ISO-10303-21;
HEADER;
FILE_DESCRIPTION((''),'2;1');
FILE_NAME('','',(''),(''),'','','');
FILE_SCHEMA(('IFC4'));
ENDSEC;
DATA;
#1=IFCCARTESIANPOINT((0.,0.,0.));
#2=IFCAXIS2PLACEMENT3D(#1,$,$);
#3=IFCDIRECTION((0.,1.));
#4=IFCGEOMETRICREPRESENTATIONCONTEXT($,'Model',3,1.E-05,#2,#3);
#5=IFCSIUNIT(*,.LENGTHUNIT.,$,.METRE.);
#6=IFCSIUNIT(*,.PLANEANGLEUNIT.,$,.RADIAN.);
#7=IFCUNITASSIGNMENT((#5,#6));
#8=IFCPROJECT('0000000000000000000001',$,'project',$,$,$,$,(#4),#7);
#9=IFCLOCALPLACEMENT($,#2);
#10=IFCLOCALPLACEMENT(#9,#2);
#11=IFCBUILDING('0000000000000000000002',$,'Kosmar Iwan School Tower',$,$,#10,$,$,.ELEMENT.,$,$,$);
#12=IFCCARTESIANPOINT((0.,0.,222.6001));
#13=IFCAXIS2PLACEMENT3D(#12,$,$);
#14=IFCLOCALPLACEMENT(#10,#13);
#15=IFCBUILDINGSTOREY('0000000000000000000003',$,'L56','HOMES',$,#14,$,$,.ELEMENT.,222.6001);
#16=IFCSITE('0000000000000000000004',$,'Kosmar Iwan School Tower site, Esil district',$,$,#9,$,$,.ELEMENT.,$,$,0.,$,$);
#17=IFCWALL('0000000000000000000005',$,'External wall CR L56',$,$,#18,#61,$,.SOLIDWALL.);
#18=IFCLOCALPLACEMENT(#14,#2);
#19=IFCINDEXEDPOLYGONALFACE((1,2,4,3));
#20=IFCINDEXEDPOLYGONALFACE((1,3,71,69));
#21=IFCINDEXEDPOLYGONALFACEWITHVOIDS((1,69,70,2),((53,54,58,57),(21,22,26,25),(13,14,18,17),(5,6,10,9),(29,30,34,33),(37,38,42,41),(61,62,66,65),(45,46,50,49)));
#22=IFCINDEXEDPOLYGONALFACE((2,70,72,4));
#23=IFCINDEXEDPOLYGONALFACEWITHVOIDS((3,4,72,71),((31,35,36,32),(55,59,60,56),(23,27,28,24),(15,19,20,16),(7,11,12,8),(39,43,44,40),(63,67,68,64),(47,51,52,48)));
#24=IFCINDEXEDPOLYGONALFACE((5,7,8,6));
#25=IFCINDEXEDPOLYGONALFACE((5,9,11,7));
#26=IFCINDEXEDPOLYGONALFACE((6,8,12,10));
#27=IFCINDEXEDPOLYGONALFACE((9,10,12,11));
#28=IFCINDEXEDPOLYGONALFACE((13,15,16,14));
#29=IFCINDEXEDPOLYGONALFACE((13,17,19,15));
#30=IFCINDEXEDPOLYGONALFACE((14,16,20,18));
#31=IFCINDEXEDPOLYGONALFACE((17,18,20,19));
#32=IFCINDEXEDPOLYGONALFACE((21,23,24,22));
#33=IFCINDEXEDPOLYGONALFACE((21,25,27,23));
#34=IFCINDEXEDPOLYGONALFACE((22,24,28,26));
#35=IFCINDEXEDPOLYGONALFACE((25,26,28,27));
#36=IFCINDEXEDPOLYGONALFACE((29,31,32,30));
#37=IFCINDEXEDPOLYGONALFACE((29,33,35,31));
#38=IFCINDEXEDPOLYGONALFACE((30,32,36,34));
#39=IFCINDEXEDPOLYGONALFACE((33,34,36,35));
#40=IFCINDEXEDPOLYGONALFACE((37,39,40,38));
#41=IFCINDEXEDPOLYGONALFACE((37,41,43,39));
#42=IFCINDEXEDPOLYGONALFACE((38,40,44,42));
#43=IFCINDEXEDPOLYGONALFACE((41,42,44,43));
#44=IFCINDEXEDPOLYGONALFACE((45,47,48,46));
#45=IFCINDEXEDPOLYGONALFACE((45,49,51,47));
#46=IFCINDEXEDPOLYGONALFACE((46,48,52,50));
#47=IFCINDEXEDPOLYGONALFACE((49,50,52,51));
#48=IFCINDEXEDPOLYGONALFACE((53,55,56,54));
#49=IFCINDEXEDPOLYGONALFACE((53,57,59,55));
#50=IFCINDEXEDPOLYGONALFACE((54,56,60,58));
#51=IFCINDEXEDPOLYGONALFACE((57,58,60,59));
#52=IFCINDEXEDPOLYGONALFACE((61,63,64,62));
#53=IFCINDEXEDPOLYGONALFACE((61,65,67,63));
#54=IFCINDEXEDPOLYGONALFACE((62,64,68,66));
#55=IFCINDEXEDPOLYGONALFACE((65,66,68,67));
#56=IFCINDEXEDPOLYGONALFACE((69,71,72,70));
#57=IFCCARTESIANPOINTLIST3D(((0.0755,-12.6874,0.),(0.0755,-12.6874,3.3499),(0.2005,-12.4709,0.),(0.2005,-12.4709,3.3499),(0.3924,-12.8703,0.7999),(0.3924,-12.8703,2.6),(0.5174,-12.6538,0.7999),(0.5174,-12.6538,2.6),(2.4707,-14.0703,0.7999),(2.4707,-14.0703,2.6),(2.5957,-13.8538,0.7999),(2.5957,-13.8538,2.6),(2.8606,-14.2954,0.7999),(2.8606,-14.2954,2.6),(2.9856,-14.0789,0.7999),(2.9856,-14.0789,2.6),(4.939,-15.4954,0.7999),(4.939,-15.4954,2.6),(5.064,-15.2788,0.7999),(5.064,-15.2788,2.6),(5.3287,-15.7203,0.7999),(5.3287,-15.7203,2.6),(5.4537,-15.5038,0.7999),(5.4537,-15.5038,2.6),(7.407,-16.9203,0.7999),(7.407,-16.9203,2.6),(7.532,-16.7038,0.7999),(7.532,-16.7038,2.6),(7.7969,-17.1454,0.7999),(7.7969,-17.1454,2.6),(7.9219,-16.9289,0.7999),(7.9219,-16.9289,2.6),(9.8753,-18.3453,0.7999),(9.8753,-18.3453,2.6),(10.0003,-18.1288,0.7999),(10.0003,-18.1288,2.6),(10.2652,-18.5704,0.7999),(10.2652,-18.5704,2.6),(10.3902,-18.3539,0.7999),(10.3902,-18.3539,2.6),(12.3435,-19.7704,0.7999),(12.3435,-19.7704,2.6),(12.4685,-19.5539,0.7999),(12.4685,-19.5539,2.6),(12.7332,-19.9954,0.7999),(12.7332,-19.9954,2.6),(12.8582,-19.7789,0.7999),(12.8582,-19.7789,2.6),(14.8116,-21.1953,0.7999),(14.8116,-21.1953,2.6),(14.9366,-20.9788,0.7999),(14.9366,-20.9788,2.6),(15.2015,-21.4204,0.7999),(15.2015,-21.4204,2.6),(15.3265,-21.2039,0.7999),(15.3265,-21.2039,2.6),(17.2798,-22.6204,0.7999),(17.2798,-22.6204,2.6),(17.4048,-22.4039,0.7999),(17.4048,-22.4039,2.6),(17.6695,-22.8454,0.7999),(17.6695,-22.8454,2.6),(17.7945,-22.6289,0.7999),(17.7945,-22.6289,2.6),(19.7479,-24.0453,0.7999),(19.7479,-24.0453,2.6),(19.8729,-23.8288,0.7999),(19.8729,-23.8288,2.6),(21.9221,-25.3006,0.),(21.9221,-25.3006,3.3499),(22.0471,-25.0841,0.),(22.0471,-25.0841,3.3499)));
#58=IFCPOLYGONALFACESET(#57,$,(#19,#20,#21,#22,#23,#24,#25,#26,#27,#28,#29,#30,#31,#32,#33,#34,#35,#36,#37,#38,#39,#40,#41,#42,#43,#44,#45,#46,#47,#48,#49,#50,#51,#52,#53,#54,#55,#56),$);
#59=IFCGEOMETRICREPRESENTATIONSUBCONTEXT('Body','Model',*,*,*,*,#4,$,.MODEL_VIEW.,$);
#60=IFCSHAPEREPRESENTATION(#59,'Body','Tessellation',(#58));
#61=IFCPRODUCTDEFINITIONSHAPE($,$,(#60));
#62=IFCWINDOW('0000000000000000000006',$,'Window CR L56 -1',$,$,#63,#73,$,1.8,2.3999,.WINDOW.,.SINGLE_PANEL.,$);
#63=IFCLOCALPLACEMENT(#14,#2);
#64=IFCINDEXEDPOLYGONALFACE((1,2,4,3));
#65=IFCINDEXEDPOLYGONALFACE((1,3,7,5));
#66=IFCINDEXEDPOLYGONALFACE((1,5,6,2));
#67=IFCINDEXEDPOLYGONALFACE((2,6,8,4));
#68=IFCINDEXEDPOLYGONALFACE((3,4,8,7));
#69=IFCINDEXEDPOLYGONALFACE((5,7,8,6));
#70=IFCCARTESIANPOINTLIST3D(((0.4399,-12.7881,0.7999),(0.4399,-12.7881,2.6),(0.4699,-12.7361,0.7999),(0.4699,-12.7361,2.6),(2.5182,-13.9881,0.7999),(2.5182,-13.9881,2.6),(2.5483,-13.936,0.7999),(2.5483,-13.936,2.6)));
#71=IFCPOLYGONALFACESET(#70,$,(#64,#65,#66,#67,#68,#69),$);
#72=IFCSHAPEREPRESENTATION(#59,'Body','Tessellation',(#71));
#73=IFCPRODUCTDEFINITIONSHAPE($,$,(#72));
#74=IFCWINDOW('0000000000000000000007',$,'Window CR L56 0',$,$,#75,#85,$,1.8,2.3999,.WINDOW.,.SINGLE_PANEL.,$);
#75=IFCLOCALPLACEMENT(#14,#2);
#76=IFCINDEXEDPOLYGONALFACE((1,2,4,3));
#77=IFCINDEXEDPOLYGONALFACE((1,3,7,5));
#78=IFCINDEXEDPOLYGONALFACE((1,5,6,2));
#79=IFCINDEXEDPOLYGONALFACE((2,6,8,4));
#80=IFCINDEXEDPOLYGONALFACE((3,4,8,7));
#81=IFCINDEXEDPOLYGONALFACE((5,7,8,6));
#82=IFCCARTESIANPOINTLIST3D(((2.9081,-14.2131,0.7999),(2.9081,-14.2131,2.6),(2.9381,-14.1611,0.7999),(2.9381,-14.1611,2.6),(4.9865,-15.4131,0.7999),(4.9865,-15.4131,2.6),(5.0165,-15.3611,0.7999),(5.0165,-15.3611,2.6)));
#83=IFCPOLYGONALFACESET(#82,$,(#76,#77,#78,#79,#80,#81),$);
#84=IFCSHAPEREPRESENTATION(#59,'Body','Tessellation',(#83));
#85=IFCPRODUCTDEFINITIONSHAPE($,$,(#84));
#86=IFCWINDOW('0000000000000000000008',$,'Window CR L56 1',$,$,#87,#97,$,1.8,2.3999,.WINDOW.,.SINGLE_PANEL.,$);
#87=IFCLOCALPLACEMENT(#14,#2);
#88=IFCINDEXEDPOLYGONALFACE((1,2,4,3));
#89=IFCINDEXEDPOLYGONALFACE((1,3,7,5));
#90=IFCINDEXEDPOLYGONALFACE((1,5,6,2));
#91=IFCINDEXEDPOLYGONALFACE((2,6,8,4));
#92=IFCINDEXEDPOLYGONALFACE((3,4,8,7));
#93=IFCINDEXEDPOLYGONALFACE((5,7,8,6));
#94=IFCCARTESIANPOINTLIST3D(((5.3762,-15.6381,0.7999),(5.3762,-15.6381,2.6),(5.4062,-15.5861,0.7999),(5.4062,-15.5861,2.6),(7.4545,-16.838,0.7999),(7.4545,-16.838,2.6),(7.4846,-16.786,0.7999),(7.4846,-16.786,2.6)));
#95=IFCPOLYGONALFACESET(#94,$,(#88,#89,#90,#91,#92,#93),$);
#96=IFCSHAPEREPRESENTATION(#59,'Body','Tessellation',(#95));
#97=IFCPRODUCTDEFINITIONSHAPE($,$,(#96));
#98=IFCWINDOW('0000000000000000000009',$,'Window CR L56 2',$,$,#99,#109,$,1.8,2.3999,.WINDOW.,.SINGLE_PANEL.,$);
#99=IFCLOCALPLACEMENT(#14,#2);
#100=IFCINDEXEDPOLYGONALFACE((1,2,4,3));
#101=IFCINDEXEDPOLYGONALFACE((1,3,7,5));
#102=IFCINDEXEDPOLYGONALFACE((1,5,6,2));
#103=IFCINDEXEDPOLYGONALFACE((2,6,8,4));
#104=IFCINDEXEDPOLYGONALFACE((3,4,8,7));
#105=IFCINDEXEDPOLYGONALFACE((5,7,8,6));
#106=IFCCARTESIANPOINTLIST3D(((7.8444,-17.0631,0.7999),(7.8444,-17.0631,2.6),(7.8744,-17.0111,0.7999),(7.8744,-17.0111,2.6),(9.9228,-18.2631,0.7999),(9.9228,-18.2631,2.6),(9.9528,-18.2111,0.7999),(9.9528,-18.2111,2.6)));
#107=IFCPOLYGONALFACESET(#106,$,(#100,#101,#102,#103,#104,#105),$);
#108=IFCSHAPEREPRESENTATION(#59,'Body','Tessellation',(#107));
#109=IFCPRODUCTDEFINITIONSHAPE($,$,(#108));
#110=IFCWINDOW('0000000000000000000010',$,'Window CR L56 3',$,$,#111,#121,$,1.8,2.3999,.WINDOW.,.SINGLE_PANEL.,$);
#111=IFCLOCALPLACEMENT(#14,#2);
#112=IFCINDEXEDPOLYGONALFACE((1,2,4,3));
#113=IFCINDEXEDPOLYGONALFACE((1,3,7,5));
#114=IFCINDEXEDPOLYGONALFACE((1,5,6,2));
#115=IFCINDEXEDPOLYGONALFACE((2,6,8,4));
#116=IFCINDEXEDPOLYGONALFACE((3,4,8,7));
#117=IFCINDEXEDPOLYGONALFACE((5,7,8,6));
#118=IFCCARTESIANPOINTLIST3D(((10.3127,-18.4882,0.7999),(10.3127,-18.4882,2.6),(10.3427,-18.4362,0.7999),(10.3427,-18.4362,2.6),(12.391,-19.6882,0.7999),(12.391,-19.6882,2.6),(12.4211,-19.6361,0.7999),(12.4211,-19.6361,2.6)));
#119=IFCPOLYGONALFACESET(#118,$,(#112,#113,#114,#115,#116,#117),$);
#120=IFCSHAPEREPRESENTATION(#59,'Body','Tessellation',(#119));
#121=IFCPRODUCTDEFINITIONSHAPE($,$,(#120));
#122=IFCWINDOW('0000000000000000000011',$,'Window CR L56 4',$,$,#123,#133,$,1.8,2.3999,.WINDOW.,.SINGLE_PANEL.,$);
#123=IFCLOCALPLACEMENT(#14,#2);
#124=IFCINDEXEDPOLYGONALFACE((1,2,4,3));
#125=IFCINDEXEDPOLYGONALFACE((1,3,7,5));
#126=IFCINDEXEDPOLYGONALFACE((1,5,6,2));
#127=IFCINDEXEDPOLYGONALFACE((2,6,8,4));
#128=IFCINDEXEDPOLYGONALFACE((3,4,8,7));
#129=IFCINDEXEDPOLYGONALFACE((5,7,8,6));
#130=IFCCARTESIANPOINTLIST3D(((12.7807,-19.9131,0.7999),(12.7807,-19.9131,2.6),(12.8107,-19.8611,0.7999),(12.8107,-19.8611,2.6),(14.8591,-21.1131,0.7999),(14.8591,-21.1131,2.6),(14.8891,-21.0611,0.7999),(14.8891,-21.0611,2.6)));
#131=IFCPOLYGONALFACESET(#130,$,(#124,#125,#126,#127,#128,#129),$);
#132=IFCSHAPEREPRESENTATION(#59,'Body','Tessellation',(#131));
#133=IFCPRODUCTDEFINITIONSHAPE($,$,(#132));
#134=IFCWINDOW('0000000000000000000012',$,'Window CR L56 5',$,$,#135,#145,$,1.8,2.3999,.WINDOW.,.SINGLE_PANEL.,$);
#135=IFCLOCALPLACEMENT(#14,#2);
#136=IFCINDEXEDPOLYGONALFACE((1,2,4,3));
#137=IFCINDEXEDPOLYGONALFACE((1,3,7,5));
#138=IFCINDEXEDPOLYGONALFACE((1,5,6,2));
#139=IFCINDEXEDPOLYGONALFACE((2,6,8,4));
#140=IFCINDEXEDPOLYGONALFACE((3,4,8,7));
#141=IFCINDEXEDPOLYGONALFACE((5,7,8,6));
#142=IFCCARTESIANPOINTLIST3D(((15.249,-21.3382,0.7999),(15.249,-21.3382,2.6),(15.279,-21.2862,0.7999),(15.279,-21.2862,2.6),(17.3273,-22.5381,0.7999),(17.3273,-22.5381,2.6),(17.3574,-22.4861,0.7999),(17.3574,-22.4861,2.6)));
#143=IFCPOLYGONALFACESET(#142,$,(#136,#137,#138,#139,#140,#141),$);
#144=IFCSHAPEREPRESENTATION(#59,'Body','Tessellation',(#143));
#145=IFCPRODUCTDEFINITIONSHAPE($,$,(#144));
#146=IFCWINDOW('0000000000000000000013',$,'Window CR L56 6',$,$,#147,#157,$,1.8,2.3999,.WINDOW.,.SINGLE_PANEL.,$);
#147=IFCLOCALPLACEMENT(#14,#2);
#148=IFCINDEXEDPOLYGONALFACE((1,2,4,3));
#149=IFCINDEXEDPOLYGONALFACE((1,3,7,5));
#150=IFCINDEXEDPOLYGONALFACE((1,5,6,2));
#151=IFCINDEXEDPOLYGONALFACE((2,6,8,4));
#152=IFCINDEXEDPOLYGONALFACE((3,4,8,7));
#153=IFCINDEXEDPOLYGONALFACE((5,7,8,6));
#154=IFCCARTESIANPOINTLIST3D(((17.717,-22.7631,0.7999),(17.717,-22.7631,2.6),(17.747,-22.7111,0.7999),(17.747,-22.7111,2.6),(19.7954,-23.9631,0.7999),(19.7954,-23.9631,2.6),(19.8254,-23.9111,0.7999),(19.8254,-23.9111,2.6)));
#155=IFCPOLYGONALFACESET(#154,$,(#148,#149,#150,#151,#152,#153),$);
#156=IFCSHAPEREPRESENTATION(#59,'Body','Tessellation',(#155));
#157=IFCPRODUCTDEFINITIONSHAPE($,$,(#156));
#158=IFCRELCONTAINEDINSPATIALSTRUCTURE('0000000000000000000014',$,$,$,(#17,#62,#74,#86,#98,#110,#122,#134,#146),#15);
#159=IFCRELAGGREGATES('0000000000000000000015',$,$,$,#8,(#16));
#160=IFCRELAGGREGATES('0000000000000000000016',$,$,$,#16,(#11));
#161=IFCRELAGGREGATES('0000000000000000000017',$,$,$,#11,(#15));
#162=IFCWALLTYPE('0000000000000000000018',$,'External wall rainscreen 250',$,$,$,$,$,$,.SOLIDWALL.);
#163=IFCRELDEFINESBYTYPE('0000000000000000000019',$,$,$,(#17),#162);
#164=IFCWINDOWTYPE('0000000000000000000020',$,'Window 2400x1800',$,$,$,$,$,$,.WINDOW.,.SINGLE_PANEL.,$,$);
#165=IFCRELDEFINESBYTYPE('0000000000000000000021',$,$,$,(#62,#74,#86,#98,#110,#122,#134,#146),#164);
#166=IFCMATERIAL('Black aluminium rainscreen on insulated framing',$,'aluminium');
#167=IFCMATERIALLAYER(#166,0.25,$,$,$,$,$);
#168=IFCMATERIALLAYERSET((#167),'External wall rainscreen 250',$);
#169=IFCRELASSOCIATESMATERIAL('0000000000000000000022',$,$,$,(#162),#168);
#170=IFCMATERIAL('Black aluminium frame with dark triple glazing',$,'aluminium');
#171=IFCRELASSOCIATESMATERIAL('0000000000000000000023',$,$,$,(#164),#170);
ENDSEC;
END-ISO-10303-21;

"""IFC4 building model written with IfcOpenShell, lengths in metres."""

from ifc_helpers import new_model, si_unit, direction, frame, frame_2d, origin, place, context, subcontext, project, spatial, rectangle, extrude, material, layer, layer_set, type_object, element, fill, save


model = new_model("IFC4")

# Units and contexts
model_context = context("Model", 3, precision=1e-05, world=origin(), true_north=direction((0.0, 1.0)))
body_context = subcontext(model_context, "Body", "Model", "MODEL_VIEW")
ifc_project = project(units=[si_unit("LENGTHUNIT", "METRE"), si_unit("PLANEANGLEUNIT", "RADIAN")], contexts=[model_context])

# Site, building, storey
site_placement = place(None, origin())
site = spatial("IfcSite", under=ifc_project, at=site_placement, Name="Kosmar Iwan School Tower site, Esil district", CompositionType="ELEMENT", RefElevation=0.0)
building_placement = place(site_placement, origin())
building = spatial("IfcBuilding", under=site, at=building_placement, Name="Kosmar Iwan School Tower", CompositionType="ELEMENT")
storey_placement = place(building_placement, frame((0.0, 0.0, 222.6001)))
storey = spatial("IfcBuildingStorey", under=building, at=storey_placement, Name="L56", Description="HOMES", CompositionType="ELEMENT", Elevation=222.6001)

# Wall, openings, windows
ifc_material_1 = material(Name="Black aluminium rainscreen on insulated framing", Category="aluminium")
ifc_layer_1 = layer(ifc_material_1, 0.25)
ifc_layer_set_1 = layer_set([ifc_layer_1], Name="External wall rainscreen 250")
wall_type_1 = type_object("IfcWallType", Name="External wall rainscreen 250", PredefinedType="SOLIDWALL", material=ifc_layer_set_1)
ifc_material_2 = material(Name="Black aluminium frame with dark triple glazing", Category="aluminium")
window_type = type_object("IfcWindowType", Name="Window 2400x1800", PartitioningType="SINGLE_PANEL", PredefinedType="WINDOW", material=ifc_material_2)
wall_1_placement = place(storey_placement, frame((0.1379, -12.5791, 0.0), z_axis=(0.0, 0.0, 1.0), x_axis=(0.866024, -0.500003, 0.0)))
wall_1 = element("IfcWall", 1, at=wall_1_placement, inside=storey, type_object=wall_type_1, Name="External wall CR L56", PredefinedType="SOLIDWALL", context=body_context, shape_type="SweptSolid", body=[
    extrude(rectangle(XDim=25.2263, YDim=0.25, at=frame_2d((12.6133, 0.0))), origin(), (0.0, 0.0, 1.0), 3.3499),
])
opening_1_placement = place(wall_1_placement, frame((0.366, 0.0, 0.8)))
opening_1 = element("IfcOpeningElement", 2, at=opening_1_placement, cuts=wall_1, PredefinedType="OPENING", context=body_context, shape_type="SweptSolid", body=[
    extrude(rectangle(XDim=2.3999, YDim=1.8, at=frame_2d((1.2, 0.8999))), frame((0.0, 0.137, 0.0), z_axis=(0.0, -1.0, 0.0), x_axis=(1.0, 0.0, 0.0)), (0.0, 0.0, 1.0), 0.2739),
])
opening_2_placement = place(wall_1_placement, frame((3.2161, 0.0, 0.8)))
opening_2 = element("IfcOpeningElement", 3, at=opening_2_placement, cuts=wall_1, PredefinedType="OPENING", context=body_context, shape_type="SweptSolid", body=[
    extrude(rectangle(XDim=2.3999, YDim=1.8, at=frame_2d((1.2, 0.8999))), frame((0.0, 0.137, 0.0), z_axis=(0.0, -1.0, 0.0), x_axis=(1.0, 0.0, 0.0)), (0.0, 0.0, 1.0), 0.2739),
])
opening_3_placement = place(wall_1_placement, frame((6.0659, 0.0, 0.8)))
opening_3 = element("IfcOpeningElement", 4, at=opening_3_placement, cuts=wall_1, PredefinedType="OPENING", context=body_context, shape_type="SweptSolid", body=[
    extrude(rectangle(XDim=2.3999, YDim=1.8, at=frame_2d((1.2, 0.8999))), frame((0.0, 0.137, 0.0), z_axis=(0.0, -1.0, 0.0), x_axis=(1.0, 0.0, 0.0)), (0.0, 0.0, 1.0), 0.2739),
])
opening_4_placement = place(wall_1_placement, frame((8.916, 0.0, 0.8)))
opening_4 = element("IfcOpeningElement", 5, at=opening_4_placement, cuts=wall_1, PredefinedType="OPENING", context=body_context, shape_type="SweptSolid", body=[
    extrude(rectangle(XDim=2.3999, YDim=1.8, at=frame_2d((1.2, 0.8999))), frame((0.0, 0.137, 0.0), z_axis=(0.0, -1.0, 0.0), x_axis=(1.0, 0.0, 0.0)), (0.0, 0.0, 1.0), 0.2739),
])
opening_5_placement = place(wall_1_placement, frame((11.7661, 0.0, 0.8)))
opening_5 = element("IfcOpeningElement", 6, at=opening_5_placement, cuts=wall_1, PredefinedType="OPENING", context=body_context, shape_type="SweptSolid", body=[
    extrude(rectangle(XDim=2.3999, YDim=1.8, at=frame_2d((1.2, 0.8999))), frame((0.0, 0.137, 0.0), z_axis=(0.0, -1.0, 0.0), x_axis=(1.0, 0.0, 0.0)), (0.0, 0.0, 1.0), 0.2739),
])
opening_6_placement = place(wall_1_placement, frame((14.616, 0.0, 0.8)))
opening_6 = element("IfcOpeningElement", 7, at=opening_6_placement, cuts=wall_1, PredefinedType="OPENING", context=body_context, shape_type="SweptSolid", body=[
    extrude(rectangle(XDim=2.3999, YDim=1.8, at=frame_2d((1.2, 0.8999))), frame((0.0, 0.137, 0.0), z_axis=(0.0, -1.0, 0.0), x_axis=(1.0, 0.0, 0.0)), (0.0, 0.0, 1.0), 0.2739),
])
opening_7_placement = place(wall_1_placement, frame((17.4661, 0.0, 0.8)))
opening_7 = element("IfcOpeningElement", 8, at=opening_7_placement, cuts=wall_1, PredefinedType="OPENING", context=body_context, shape_type="SweptSolid", body=[
    extrude(rectangle(XDim=2.3999, YDim=1.8, at=frame_2d((1.2, 0.8999))), frame((0.0, 0.137, 0.0), z_axis=(0.0, -1.0, 0.0), x_axis=(1.0, 0.0, 0.0)), (0.0, 0.0, 1.0), 0.2739),
])
opening_8_placement = place(wall_1_placement, frame((20.3159, 0.0, 0.8)))
opening_8 = element("IfcOpeningElement", 9, at=opening_8_placement, cuts=wall_1, PredefinedType="OPENING", context=body_context, shape_type="SweptSolid", body=[
    extrude(rectangle(XDim=2.3999, YDim=1.8, at=frame_2d((1.2, 0.8999))), frame((0.0, 0.137, 0.0), z_axis=(0.0, -1.0, 0.0), x_axis=(1.0, 0.0, 0.0)), (0.0, 0.0, 1.0), 0.2739),
])
window_1_placement = place(opening_1_placement, origin())
window_1 = element("IfcWindow", 10, at=window_1_placement, inside=storey, type_object=window_type, Name="Window CR L56 -1", OverallHeight=1.8, OverallWidth=2.3999, PartitioningType="SINGLE_PANEL", PredefinedType="WINDOW", context=body_context, shape_type="SweptSolid", body=[
    extrude(rectangle(XDim=2.3999, YDim=1.8, at=frame_2d((1.2, 0.8999))), frame((0.0, 0.03, 0.0), z_axis=(0.0, -1.0, 0.0), x_axis=(1.0, 0.0, 0.0)), (0.0, 0.0, 1.0), 0.0601),
])
fill(opening_1, window_1)
window_2_placement = place(opening_2_placement, origin())
window_2 = element("IfcWindow", 11, at=window_2_placement, inside=storey, type_object=window_type, Name="Window CR L56 0", OverallHeight=1.8, OverallWidth=2.3999, PartitioningType="SINGLE_PANEL", PredefinedType="WINDOW", context=body_context, shape_type="SweptSolid", body=[
    extrude(rectangle(XDim=2.3999, YDim=1.8, at=frame_2d((1.2, 0.8999))), frame((0.0, 0.03, 0.0), z_axis=(0.0, -1.0, 0.0), x_axis=(1.0, 0.0, 0.0)), (0.0, 0.0, 1.0), 0.0601),
])
fill(opening_2, window_2)
window_3_placement = place(opening_3_placement, origin())
window_3 = element("IfcWindow", 12, at=window_3_placement, inside=storey, type_object=window_type, Name="Window CR L56 1", OverallHeight=1.8, OverallWidth=2.3999, PartitioningType="SINGLE_PANEL", PredefinedType="WINDOW", context=body_context, shape_type="SweptSolid", body=[
    extrude(rectangle(XDim=2.3999, YDim=1.8, at=frame_2d((1.2, 0.8999))), frame((0.0, 0.03, 0.0), z_axis=(0.0, -1.0, 0.0), x_axis=(1.0, 0.0, 0.0)), (0.0, 0.0, 1.0), 0.0601),
])
fill(opening_3, window_3)
window_4_placement = place(opening_4_placement, origin())
window_4 = element("IfcWindow", 13, at=window_4_placement, inside=storey, type_object=window_type, Name="Window CR L56 2", OverallHeight=1.8, OverallWidth=2.3999, PartitioningType="SINGLE_PANEL", PredefinedType="WINDOW", context=body_context, shape_type="SweptSolid", body=[
    extrude(rectangle(XDim=2.3999, YDim=1.8, at=frame_2d((1.2, 0.8999))), frame((0.0, 0.03, 0.0), z_axis=(0.0, -1.0, 0.0), x_axis=(1.0, 0.0, 0.0)), (0.0, 0.0, 1.0), 0.0601),
])
fill(opening_4, window_4)
window_5_placement = place(opening_5_placement, origin())
window_5 = element("IfcWindow", 14, at=window_5_placement, inside=storey, type_object=window_type, Name="Window CR L56 3", OverallHeight=1.8, OverallWidth=2.3999, PartitioningType="SINGLE_PANEL", PredefinedType="WINDOW", context=body_context, shape_type="SweptSolid", body=[
    extrude(rectangle(XDim=2.3999, YDim=1.8, at=frame_2d((1.2, 0.8999))), frame((0.0, 0.03, 0.0), z_axis=(0.0, -1.0, 0.0), x_axis=(1.0, 0.0, 0.0)), (0.0, 0.0, 1.0), 0.0601),
])
fill(opening_5, window_5)
window_6_placement = place(opening_6_placement, origin())
window_6 = element("IfcWindow", 15, at=window_6_placement, inside=storey, type_object=window_type, Name="Window CR L56 4", OverallHeight=1.8, OverallWidth=2.3999, PartitioningType="SINGLE_PANEL", PredefinedType="WINDOW", context=body_context, shape_type="SweptSolid", body=[
    extrude(rectangle(XDim=2.3999, YDim=1.8, at=frame_2d((1.2, 0.8999))), frame((0.0, 0.03, 0.0), z_axis=(0.0, -1.0, 0.0), x_axis=(1.0, 0.0, 0.0)), (0.0, 0.0, 1.0), 0.0601),
])
fill(opening_6, window_6)
window_7_placement = place(opening_7_placement, origin())
window_7 = element("IfcWindow", 16, at=window_7_placement, inside=storey, type_object=window_type, Name="Window CR L56 5", OverallHeight=1.8, OverallWidth=2.3999, PartitioningType="SINGLE_PANEL", PredefinedType="WINDOW", context=body_context, shape_type="SweptSolid", body=[
    extrude(rectangle(XDim=2.3999, YDim=1.8, at=frame_2d((1.2, 0.8999))), frame((0.0, 0.03, 0.0), z_axis=(0.0, -1.0, 0.0), x_axis=(1.0, 0.0, 0.0)), (0.0, 0.0, 1.0), 0.0601),
])
fill(opening_7, window_7)
window_8_placement = place(opening_8_placement, origin())
window_8 = element("IfcWindow", 17, at=window_8_placement, inside=storey, type_object=window_type, Name="Window CR L56 6", OverallHeight=1.8, OverallWidth=2.3999, PartitioningType="SINGLE_PANEL", PredefinedType="WINDOW", context=body_context, shape_type="SweptSolid", body=[
    extrude(rectangle(XDim=2.3999, YDim=1.8, at=frame_2d((1.2, 0.8999))), frame((0.0, 0.03, 0.0), z_axis=(0.0, -1.0, 0.0), x_axis=(1.0, 0.0, 0.0)), (0.0, 0.0, 1.0), 0.0601),
])
fill(opening_8, window_8)

save(model, "model.ifc")
